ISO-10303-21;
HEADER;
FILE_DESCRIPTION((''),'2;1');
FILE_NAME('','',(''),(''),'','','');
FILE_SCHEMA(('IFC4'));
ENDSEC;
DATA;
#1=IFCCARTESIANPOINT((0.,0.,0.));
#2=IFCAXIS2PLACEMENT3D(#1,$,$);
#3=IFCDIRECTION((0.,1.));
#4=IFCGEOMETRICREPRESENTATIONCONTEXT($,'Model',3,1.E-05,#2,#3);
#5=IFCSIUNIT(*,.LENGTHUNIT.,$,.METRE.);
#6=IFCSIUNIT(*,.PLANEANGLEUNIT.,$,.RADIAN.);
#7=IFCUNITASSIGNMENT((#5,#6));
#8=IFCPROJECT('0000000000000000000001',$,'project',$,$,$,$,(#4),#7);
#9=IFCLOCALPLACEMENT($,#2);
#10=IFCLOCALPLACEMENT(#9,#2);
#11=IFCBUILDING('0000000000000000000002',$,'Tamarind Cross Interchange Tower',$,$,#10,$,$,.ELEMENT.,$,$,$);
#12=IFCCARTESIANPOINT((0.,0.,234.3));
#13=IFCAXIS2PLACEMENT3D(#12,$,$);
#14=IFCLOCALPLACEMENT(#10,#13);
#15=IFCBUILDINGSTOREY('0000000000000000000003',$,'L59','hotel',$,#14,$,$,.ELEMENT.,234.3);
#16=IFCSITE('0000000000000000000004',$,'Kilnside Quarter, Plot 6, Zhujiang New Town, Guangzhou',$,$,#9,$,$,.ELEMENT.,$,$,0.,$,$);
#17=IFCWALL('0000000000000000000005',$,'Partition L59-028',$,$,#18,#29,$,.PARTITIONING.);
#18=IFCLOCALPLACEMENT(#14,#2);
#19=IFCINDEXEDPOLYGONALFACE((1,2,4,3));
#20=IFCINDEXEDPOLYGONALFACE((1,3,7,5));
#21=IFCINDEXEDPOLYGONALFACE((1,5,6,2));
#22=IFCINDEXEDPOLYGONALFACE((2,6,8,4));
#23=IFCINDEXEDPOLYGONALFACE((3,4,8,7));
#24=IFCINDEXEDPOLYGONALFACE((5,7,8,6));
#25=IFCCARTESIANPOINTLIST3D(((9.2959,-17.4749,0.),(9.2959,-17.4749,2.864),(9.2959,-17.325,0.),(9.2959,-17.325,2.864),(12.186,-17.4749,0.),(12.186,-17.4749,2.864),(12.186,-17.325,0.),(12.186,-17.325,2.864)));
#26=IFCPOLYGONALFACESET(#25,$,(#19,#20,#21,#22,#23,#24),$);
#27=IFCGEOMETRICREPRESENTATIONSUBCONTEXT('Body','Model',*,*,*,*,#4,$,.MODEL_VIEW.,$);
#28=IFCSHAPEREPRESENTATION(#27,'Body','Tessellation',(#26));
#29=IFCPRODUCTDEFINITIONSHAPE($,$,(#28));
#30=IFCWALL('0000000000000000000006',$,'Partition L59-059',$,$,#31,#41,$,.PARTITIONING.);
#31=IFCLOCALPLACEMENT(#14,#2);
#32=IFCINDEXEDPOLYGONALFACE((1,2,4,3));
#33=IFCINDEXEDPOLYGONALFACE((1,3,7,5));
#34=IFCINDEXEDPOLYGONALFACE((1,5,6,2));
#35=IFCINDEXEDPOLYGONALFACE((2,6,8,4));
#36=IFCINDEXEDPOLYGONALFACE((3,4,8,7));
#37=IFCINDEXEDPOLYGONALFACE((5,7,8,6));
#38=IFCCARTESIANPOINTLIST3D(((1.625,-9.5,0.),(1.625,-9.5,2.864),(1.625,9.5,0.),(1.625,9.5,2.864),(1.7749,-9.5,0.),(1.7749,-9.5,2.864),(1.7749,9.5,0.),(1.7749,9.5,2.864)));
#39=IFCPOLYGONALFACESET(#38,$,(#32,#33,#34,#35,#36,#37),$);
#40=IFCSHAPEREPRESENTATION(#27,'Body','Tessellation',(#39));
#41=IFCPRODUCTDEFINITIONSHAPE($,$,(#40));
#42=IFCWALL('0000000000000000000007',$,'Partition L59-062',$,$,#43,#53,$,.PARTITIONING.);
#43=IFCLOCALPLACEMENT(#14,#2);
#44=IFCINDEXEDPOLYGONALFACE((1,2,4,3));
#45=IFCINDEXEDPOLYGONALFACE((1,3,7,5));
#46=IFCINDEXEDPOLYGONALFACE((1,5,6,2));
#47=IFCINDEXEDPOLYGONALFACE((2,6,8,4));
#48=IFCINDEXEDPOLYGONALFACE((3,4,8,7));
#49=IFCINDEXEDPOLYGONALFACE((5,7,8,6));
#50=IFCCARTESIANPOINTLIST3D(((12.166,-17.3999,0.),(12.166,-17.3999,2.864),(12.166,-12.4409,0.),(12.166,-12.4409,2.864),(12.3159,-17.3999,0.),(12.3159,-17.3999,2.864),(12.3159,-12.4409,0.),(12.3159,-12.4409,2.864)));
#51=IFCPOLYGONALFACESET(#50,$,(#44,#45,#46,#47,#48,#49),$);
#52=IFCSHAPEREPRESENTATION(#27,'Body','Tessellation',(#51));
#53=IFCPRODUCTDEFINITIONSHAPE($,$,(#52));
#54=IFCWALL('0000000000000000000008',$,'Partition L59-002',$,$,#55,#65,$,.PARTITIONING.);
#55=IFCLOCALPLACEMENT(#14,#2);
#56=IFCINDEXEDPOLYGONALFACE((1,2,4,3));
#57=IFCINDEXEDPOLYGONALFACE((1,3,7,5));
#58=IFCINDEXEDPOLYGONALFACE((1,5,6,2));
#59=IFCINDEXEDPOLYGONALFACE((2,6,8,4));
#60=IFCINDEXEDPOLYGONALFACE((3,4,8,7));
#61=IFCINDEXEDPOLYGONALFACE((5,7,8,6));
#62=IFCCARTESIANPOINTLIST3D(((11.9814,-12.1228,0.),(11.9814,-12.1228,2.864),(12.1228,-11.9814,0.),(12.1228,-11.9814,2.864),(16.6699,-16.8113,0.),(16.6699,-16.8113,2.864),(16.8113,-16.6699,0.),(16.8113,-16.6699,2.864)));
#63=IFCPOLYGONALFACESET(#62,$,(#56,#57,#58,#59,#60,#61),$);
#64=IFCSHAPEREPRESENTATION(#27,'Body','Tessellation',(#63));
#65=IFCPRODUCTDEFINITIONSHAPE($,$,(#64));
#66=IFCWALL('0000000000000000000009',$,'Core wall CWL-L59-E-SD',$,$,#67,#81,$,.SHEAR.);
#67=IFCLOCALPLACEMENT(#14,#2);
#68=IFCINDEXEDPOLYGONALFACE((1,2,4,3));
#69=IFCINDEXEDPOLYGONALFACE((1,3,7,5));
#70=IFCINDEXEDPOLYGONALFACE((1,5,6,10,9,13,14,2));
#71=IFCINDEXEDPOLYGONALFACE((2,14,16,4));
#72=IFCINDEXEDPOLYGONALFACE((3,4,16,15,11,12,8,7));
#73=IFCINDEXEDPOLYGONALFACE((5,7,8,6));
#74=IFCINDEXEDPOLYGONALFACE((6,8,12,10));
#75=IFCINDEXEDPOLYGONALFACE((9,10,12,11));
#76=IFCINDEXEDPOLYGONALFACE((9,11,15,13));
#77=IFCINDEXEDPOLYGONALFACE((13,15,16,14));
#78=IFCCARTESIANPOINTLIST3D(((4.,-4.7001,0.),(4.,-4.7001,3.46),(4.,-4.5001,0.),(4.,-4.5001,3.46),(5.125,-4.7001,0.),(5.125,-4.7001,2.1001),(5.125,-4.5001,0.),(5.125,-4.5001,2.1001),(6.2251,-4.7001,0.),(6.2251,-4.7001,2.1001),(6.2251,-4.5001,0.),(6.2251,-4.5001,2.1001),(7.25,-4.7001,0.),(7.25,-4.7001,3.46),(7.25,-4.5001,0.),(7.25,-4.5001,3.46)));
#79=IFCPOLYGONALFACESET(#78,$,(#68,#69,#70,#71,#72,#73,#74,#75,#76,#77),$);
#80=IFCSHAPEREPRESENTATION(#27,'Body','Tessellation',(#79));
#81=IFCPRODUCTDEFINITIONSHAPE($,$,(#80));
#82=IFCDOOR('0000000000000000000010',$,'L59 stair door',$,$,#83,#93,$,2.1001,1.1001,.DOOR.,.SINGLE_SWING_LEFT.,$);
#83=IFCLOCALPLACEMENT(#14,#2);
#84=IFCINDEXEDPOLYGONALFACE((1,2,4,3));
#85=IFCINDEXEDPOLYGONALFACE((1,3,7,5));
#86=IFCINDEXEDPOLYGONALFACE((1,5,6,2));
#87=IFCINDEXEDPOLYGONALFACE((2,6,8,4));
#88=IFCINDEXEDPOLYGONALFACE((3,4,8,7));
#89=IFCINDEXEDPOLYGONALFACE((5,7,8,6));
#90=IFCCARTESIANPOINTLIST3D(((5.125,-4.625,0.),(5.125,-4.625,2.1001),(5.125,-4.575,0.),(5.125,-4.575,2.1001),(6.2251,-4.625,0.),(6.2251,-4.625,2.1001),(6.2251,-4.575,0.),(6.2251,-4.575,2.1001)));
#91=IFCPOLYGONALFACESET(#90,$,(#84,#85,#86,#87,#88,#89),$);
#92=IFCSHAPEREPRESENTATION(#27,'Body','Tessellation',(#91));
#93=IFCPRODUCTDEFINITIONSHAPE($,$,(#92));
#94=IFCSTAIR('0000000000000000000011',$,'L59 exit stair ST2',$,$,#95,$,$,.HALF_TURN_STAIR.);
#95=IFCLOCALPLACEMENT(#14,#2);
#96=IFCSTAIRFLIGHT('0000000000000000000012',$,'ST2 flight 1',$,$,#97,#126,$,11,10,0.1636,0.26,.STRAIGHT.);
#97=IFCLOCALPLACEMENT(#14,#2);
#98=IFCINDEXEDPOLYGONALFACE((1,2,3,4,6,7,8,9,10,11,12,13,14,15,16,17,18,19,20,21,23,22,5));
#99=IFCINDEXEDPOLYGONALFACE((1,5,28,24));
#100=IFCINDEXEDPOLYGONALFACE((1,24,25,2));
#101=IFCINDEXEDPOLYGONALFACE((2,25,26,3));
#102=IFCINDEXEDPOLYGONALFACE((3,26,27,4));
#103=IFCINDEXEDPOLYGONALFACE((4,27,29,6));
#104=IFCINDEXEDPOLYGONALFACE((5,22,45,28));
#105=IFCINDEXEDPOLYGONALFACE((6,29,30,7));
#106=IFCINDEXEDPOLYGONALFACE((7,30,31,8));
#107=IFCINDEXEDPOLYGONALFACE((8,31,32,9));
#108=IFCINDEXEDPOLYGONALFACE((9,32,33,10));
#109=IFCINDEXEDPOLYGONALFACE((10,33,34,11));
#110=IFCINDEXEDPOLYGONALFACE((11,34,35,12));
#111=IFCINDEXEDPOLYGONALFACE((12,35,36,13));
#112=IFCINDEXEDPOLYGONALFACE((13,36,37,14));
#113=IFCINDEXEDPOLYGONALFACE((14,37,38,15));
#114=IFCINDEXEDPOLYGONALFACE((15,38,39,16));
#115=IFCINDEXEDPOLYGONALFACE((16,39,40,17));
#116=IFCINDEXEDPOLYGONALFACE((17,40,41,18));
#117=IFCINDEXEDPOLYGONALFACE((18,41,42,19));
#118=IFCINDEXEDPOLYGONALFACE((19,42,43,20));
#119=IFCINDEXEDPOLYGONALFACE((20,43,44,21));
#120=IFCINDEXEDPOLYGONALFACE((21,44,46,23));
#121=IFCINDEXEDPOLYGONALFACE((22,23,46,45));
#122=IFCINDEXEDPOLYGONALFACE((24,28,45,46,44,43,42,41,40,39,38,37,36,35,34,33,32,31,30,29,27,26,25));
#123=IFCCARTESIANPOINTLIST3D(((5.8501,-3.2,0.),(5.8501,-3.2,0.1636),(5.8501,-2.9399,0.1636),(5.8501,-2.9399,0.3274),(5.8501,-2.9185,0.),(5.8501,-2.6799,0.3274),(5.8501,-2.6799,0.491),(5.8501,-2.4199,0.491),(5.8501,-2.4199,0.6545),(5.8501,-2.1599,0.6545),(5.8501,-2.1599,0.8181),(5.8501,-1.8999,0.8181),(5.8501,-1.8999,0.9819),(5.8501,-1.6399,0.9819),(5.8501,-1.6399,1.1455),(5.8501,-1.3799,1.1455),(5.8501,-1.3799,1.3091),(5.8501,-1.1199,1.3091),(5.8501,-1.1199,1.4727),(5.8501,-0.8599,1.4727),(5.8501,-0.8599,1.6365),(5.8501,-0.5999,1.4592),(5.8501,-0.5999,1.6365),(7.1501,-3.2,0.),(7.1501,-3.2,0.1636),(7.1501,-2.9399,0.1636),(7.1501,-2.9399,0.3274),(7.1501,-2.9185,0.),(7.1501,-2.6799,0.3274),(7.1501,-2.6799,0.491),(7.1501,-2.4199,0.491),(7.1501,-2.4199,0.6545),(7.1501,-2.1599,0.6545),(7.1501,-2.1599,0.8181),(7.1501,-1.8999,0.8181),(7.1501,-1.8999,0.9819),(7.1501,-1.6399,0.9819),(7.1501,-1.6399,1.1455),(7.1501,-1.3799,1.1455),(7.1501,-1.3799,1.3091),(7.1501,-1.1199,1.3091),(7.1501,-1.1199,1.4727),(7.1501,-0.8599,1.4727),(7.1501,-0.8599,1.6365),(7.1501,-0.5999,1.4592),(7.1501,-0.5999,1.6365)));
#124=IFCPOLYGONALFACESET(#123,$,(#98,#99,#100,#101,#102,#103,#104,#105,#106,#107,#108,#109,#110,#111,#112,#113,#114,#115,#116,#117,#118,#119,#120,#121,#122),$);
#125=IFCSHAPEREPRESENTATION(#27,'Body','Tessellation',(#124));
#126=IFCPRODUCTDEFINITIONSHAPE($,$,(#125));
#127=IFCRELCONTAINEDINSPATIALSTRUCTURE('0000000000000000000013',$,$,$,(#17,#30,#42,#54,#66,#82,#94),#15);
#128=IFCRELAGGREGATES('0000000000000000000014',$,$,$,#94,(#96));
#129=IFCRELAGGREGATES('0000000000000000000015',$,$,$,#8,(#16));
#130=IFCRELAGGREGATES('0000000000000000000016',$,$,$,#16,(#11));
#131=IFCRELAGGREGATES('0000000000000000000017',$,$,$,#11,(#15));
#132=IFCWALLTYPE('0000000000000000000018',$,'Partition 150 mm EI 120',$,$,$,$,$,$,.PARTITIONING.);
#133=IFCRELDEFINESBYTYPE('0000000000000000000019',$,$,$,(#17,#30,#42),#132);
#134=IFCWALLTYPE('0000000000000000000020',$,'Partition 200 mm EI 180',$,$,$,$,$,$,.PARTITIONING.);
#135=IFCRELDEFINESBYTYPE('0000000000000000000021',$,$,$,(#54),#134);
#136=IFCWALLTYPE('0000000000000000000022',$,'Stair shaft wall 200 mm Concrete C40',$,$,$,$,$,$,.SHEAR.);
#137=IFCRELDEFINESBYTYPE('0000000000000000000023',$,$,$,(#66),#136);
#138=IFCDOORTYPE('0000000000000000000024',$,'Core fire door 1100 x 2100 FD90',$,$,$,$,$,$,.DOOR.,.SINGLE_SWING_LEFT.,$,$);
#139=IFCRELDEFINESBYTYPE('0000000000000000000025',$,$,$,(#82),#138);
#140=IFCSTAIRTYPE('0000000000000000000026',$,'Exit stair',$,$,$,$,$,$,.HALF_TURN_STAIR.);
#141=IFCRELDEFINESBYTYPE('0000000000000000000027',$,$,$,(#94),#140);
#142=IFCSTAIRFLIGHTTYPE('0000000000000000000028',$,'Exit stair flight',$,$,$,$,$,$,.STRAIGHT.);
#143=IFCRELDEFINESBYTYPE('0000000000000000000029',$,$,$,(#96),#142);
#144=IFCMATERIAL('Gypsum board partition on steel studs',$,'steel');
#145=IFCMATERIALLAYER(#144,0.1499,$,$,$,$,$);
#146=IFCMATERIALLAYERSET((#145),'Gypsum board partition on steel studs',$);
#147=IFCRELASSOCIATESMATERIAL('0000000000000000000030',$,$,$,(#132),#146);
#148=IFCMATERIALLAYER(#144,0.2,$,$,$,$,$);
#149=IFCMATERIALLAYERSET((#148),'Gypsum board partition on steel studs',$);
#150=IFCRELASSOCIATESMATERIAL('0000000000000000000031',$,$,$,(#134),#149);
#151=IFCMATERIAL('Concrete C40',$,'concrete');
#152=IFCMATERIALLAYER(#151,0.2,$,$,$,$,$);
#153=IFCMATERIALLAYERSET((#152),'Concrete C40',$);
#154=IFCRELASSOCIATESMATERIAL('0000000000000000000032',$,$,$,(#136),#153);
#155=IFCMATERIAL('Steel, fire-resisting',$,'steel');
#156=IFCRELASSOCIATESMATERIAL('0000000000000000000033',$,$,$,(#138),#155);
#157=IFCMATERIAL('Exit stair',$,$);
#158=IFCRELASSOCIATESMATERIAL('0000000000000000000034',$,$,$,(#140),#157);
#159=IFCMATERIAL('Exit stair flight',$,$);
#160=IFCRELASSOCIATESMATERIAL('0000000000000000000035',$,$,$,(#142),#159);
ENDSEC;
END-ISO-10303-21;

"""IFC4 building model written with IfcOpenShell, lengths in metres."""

from ifc_helpers import new_model, si_unit, direction, frame, frame_2d, origin, place, context, subcontext, project, spatial, polyline, rectangle, outline, extrude, material, layer, layer_set, type_object, element, fill, aggregate, save


model = new_model("IFC4")

# Units and contexts
model_context = context("Model", 3, precision=1e-05, world=origin(), true_north=direction((0.0, 1.0)))
body_context = subcontext(model_context, "Body", "Model", "MODEL_VIEW")
ifc_project = project(units=[si_unit("LENGTHUNIT", "METRE"), si_unit("PLANEANGLEUNIT", "RADIAN")], contexts=[model_context])

# Site, building, storey
site_placement = place(None, origin())
site = spatial("IfcSite", under=ifc_project, at=site_placement, Name="Kilnside Quarter, Plot 6, Zhujiang New Town, Guangzhou", CompositionType="ELEMENT", RefElevation=0.0)
building_placement = place(site_placement, origin())
building = spatial("IfcBuilding", under=site, at=building_placement, Name="Tamarind Cross Interchange Tower", CompositionType="ELEMENT")
storey_placement = place(building_placement, frame((0.0, 0.0, 234.3)))
storey = spatial("IfcBuildingStorey", under=building, at=storey_placement, Name="L59", Description="hotel", CompositionType="ELEMENT", Elevation=234.3)

# Shared definitions
ifc_material_1 = material(Name="Steel, fire-resisting", Category="steel")

# Walls
ifc_material_2 = material(Name="Gypsum board partition on steel studs", Category="steel")
ifc_layer_1 = layer(ifc_material_2, 0.1499)
ifc_layer_set_1 = layer_set([ifc_layer_1], Name="Gypsum board partition on steel studs")
wall_type_1 = type_object("IfcWallType", Name="Partition 150 mm EI 120", PredefinedType="PARTITIONING", material=ifc_layer_set_1)
wall_1_placement = place(storey_placement, frame((9.2959, -17.3999, 0.0), z_axis=(0.0, 0.0, 1.0), x_axis=(1.0, 0.0, 0.0)))
element("IfcWall", 1, at=wall_1_placement, inside=storey, type_object=wall_type_1, Name="Partition L59-028", PredefinedType="PARTITIONING", context=body_context, shape_type="SweptSolid", body=[
    extrude(rectangle(XDim=2.8901, YDim=0.1499, at=frame_2d((1.4451, 0.0))), origin(), (0.0, 0.0, 1.0), 2.864),
])
wall_2_placement = place(storey_placement, frame((1.7, -9.5, 0.0), z_axis=(0.0, 0.0, 1.0), x_axis=(0.0, 1.0, 0.0)))
element("IfcWall", 2, at=wall_2_placement, inside=storey, type_object=wall_type_1, Name="Partition L59-059", PredefinedType="PARTITIONING", context=body_context, shape_type="SweptSolid", body=[
    extrude(rectangle(XDim=19.0, YDim=0.1499, at=frame_2d((9.5, 0.0))), origin(), (0.0, 0.0, 1.0), 2.864),
])
wall_3_placement = place(storey_placement, frame((12.241, -17.3999, 0.0), z_axis=(0.0, 0.0, 1.0), x_axis=(0.0, 1.0, 0.0)))
element("IfcWall", 3, at=wall_3_placement, inside=storey, type_object=wall_type_1, Name="Partition L59-062", PredefinedType="PARTITIONING", context=body_context, shape_type="SweptSolid", body=[
    extrude(rectangle(XDim=4.959, YDim=0.1499, at=frame_2d((2.4795, 0.0))), origin(), (0.0, 0.0, 1.0), 2.864),
])
ifc_layer_2 = layer(ifc_material_2, 0.2)
ifc_layer_set_2 = layer_set([ifc_layer_2], Name="Gypsum board partition on steel studs")
wall_type_2 = type_object("IfcWallType", Name="Partition 200 mm EI 180", PredefinedType="PARTITIONING", material=ifc_layer_set_2)
wall_4_placement = place(storey_placement, frame((12.052, -12.052, 0.0), z_axis=(0.0, 0.0, 1.0), x_axis=(0.707107, -0.707107, 0.0)))
element("IfcWall", 4, at=wall_4_placement, inside=storey, type_object=wall_type_2, Name="Partition L59-002", PredefinedType="PARTITIONING", context=body_context, shape_type="SweptSolid", body=[
    extrude(rectangle(XDim=6.6306, YDim=0.2, at=frame_2d((3.3154, 0.0))), origin(), (0.0, 0.0, 1.0), 2.864),
])

# Wall, opening, door
ifc_material_3 = material(Name="Concrete C40", Category="concrete")
ifc_layer_3 = layer(ifc_material_3, 0.2)
ifc_layer_set_3 = layer_set([ifc_layer_3], Name="Concrete C40")
wall_type_3 = type_object("IfcWallType", Name="Stair shaft wall 200 mm Concrete C40", PredefinedType="SHEAR", material=ifc_layer_set_3)
wall_5_placement = place(storey_placement, frame((7.25, -4.6001, 0.0), z_axis=(0.0, 0.0, 1.0), x_axis=(-1.0, 0.0, 0.0)))
wall_5 = element("IfcWall", 5, at=wall_5_placement, inside=storey, type_object=wall_type_3, Name="Core wall CWL-L59-E-SD", PredefinedType="SHEAR", context=body_context, shape_type="SweptSolid", body=[
    extrude(rectangle(XDim=3.25, YDim=0.2, at=frame_2d((1.625, 0.0))), origin(), (0.0, 0.0, 1.0), 3.46),
])
opening_1_placement = place(wall_5_placement, frame((1.0249, 0.0, 0.0)))
opening_1 = element("IfcOpeningElement", 6, at=opening_1_placement, cuts=wall_5, PredefinedType="OPENING", context=body_context, shape_type="SweptSolid", body=[
    extrude(rectangle(XDim=1.1001, YDim=2.1001, at=frame_2d((0.55, 1.05))), frame((0.0, 0.1099, 0.0), z_axis=(0.0, -1.0, 0.0), x_axis=(1.0, 0.0, 0.0)), (0.0, 0.0, 1.0), 0.22),
])
door_type_1 = type_object("IfcDoorType", Name="Core fire door 1100 x 2100 FD90", OperationType="SINGLE_SWING_LEFT", PredefinedType="DOOR", material=ifc_material_1)
door_1_placement = place(opening_1_placement, origin())
door_1 = element("IfcDoor", 7, at=door_1_placement, inside=storey, type_object=door_type_1, Name="L59 stair door", OperationType="SINGLE_SWING_LEFT", OverallHeight=2.1001, OverallWidth=1.1001, PredefinedType="DOOR", context=body_context, shape_type="SweptSolid", body=[
    extrude(rectangle(XDim=1.1001, YDim=2.1001, at=frame_2d((0.55, 1.05))), frame((0.0, 0.0249, 0.0), z_axis=(0.0, -1.0, 0.0), x_axis=(1.0, 0.0, 0.0)), (0.0, 0.0, 1.0), 0.05),
])
fill(opening_1, door_1)

# Stair, stair flight
ifc_material_4 = material(Name="Exit stair")
stair_type = type_object("IfcStairType", Name="Exit stair", PredefinedType="HALF_TURN_STAIR", material=ifc_material_4)
stair_placement = place(storey_placement, origin())
stair = element("IfcStair", 8, at=stair_placement, inside=storey, type_object=stair_type, Name="L59 exit stair ST2", PredefinedType="HALF_TURN_STAIR")
ifc_material_5 = material(Name="Exit stair flight")
stair_flight_type = type_object("IfcStairFlightType", Name="Exit stair flight", PredefinedType="STRAIGHT", material=ifc_material_5)
stair_flight_placement = place(storey_placement, frame((6.5, -3.2, 0.0), z_axis=(0.0, 0.0, 1.0), x_axis=(0.0, 1.0, 0.0)))
stair_flight = element("IfcStairFlight", 9, at=stair_flight_placement, type_object=stair_flight_type, Name="ST2 flight 1", NumberOfRisers=11, NumberOfTreads=10, PredefinedType="STRAIGHT", RiserHeight=0.1636, TreadLength=0.26, context=body_context, shape_type="SweptSolid", body=[
    extrude(outline(polyline([(0.0, 0.0), (0.0, 0.1636), (0.26, 0.1636), (0.26, 0.3274), (0.52, 0.3274), (0.52, 0.491), (0.78, 0.491), (0.78, 0.6545), (1.04, 0.6545), (1.04, 0.8181), (1.3, 0.8181), (1.3, 0.9819), (1.5601, 0.9819), (1.5601, 1.1455), (1.8201, 1.1455), (1.8201, 1.3091), (2.0801, 1.3091), (2.0801, 1.4727), (2.3401, 1.4727), (2.3401, 1.6365), (2.6001, 1.6365), (2.6001, 1.8), (2.6001, 1.4592), (0.2815, 0.0), (0.0, 0.0)])), frame((0.0, 0.6499, 0.0), z_axis=(0.0, -1.0, 0.0), x_axis=(1.0, 0.0, 0.0)), (0.0, 0.0, 1.0), 1.3),
])
aggregate(stair, [stair_flight])

save(model, "model.ifc")
